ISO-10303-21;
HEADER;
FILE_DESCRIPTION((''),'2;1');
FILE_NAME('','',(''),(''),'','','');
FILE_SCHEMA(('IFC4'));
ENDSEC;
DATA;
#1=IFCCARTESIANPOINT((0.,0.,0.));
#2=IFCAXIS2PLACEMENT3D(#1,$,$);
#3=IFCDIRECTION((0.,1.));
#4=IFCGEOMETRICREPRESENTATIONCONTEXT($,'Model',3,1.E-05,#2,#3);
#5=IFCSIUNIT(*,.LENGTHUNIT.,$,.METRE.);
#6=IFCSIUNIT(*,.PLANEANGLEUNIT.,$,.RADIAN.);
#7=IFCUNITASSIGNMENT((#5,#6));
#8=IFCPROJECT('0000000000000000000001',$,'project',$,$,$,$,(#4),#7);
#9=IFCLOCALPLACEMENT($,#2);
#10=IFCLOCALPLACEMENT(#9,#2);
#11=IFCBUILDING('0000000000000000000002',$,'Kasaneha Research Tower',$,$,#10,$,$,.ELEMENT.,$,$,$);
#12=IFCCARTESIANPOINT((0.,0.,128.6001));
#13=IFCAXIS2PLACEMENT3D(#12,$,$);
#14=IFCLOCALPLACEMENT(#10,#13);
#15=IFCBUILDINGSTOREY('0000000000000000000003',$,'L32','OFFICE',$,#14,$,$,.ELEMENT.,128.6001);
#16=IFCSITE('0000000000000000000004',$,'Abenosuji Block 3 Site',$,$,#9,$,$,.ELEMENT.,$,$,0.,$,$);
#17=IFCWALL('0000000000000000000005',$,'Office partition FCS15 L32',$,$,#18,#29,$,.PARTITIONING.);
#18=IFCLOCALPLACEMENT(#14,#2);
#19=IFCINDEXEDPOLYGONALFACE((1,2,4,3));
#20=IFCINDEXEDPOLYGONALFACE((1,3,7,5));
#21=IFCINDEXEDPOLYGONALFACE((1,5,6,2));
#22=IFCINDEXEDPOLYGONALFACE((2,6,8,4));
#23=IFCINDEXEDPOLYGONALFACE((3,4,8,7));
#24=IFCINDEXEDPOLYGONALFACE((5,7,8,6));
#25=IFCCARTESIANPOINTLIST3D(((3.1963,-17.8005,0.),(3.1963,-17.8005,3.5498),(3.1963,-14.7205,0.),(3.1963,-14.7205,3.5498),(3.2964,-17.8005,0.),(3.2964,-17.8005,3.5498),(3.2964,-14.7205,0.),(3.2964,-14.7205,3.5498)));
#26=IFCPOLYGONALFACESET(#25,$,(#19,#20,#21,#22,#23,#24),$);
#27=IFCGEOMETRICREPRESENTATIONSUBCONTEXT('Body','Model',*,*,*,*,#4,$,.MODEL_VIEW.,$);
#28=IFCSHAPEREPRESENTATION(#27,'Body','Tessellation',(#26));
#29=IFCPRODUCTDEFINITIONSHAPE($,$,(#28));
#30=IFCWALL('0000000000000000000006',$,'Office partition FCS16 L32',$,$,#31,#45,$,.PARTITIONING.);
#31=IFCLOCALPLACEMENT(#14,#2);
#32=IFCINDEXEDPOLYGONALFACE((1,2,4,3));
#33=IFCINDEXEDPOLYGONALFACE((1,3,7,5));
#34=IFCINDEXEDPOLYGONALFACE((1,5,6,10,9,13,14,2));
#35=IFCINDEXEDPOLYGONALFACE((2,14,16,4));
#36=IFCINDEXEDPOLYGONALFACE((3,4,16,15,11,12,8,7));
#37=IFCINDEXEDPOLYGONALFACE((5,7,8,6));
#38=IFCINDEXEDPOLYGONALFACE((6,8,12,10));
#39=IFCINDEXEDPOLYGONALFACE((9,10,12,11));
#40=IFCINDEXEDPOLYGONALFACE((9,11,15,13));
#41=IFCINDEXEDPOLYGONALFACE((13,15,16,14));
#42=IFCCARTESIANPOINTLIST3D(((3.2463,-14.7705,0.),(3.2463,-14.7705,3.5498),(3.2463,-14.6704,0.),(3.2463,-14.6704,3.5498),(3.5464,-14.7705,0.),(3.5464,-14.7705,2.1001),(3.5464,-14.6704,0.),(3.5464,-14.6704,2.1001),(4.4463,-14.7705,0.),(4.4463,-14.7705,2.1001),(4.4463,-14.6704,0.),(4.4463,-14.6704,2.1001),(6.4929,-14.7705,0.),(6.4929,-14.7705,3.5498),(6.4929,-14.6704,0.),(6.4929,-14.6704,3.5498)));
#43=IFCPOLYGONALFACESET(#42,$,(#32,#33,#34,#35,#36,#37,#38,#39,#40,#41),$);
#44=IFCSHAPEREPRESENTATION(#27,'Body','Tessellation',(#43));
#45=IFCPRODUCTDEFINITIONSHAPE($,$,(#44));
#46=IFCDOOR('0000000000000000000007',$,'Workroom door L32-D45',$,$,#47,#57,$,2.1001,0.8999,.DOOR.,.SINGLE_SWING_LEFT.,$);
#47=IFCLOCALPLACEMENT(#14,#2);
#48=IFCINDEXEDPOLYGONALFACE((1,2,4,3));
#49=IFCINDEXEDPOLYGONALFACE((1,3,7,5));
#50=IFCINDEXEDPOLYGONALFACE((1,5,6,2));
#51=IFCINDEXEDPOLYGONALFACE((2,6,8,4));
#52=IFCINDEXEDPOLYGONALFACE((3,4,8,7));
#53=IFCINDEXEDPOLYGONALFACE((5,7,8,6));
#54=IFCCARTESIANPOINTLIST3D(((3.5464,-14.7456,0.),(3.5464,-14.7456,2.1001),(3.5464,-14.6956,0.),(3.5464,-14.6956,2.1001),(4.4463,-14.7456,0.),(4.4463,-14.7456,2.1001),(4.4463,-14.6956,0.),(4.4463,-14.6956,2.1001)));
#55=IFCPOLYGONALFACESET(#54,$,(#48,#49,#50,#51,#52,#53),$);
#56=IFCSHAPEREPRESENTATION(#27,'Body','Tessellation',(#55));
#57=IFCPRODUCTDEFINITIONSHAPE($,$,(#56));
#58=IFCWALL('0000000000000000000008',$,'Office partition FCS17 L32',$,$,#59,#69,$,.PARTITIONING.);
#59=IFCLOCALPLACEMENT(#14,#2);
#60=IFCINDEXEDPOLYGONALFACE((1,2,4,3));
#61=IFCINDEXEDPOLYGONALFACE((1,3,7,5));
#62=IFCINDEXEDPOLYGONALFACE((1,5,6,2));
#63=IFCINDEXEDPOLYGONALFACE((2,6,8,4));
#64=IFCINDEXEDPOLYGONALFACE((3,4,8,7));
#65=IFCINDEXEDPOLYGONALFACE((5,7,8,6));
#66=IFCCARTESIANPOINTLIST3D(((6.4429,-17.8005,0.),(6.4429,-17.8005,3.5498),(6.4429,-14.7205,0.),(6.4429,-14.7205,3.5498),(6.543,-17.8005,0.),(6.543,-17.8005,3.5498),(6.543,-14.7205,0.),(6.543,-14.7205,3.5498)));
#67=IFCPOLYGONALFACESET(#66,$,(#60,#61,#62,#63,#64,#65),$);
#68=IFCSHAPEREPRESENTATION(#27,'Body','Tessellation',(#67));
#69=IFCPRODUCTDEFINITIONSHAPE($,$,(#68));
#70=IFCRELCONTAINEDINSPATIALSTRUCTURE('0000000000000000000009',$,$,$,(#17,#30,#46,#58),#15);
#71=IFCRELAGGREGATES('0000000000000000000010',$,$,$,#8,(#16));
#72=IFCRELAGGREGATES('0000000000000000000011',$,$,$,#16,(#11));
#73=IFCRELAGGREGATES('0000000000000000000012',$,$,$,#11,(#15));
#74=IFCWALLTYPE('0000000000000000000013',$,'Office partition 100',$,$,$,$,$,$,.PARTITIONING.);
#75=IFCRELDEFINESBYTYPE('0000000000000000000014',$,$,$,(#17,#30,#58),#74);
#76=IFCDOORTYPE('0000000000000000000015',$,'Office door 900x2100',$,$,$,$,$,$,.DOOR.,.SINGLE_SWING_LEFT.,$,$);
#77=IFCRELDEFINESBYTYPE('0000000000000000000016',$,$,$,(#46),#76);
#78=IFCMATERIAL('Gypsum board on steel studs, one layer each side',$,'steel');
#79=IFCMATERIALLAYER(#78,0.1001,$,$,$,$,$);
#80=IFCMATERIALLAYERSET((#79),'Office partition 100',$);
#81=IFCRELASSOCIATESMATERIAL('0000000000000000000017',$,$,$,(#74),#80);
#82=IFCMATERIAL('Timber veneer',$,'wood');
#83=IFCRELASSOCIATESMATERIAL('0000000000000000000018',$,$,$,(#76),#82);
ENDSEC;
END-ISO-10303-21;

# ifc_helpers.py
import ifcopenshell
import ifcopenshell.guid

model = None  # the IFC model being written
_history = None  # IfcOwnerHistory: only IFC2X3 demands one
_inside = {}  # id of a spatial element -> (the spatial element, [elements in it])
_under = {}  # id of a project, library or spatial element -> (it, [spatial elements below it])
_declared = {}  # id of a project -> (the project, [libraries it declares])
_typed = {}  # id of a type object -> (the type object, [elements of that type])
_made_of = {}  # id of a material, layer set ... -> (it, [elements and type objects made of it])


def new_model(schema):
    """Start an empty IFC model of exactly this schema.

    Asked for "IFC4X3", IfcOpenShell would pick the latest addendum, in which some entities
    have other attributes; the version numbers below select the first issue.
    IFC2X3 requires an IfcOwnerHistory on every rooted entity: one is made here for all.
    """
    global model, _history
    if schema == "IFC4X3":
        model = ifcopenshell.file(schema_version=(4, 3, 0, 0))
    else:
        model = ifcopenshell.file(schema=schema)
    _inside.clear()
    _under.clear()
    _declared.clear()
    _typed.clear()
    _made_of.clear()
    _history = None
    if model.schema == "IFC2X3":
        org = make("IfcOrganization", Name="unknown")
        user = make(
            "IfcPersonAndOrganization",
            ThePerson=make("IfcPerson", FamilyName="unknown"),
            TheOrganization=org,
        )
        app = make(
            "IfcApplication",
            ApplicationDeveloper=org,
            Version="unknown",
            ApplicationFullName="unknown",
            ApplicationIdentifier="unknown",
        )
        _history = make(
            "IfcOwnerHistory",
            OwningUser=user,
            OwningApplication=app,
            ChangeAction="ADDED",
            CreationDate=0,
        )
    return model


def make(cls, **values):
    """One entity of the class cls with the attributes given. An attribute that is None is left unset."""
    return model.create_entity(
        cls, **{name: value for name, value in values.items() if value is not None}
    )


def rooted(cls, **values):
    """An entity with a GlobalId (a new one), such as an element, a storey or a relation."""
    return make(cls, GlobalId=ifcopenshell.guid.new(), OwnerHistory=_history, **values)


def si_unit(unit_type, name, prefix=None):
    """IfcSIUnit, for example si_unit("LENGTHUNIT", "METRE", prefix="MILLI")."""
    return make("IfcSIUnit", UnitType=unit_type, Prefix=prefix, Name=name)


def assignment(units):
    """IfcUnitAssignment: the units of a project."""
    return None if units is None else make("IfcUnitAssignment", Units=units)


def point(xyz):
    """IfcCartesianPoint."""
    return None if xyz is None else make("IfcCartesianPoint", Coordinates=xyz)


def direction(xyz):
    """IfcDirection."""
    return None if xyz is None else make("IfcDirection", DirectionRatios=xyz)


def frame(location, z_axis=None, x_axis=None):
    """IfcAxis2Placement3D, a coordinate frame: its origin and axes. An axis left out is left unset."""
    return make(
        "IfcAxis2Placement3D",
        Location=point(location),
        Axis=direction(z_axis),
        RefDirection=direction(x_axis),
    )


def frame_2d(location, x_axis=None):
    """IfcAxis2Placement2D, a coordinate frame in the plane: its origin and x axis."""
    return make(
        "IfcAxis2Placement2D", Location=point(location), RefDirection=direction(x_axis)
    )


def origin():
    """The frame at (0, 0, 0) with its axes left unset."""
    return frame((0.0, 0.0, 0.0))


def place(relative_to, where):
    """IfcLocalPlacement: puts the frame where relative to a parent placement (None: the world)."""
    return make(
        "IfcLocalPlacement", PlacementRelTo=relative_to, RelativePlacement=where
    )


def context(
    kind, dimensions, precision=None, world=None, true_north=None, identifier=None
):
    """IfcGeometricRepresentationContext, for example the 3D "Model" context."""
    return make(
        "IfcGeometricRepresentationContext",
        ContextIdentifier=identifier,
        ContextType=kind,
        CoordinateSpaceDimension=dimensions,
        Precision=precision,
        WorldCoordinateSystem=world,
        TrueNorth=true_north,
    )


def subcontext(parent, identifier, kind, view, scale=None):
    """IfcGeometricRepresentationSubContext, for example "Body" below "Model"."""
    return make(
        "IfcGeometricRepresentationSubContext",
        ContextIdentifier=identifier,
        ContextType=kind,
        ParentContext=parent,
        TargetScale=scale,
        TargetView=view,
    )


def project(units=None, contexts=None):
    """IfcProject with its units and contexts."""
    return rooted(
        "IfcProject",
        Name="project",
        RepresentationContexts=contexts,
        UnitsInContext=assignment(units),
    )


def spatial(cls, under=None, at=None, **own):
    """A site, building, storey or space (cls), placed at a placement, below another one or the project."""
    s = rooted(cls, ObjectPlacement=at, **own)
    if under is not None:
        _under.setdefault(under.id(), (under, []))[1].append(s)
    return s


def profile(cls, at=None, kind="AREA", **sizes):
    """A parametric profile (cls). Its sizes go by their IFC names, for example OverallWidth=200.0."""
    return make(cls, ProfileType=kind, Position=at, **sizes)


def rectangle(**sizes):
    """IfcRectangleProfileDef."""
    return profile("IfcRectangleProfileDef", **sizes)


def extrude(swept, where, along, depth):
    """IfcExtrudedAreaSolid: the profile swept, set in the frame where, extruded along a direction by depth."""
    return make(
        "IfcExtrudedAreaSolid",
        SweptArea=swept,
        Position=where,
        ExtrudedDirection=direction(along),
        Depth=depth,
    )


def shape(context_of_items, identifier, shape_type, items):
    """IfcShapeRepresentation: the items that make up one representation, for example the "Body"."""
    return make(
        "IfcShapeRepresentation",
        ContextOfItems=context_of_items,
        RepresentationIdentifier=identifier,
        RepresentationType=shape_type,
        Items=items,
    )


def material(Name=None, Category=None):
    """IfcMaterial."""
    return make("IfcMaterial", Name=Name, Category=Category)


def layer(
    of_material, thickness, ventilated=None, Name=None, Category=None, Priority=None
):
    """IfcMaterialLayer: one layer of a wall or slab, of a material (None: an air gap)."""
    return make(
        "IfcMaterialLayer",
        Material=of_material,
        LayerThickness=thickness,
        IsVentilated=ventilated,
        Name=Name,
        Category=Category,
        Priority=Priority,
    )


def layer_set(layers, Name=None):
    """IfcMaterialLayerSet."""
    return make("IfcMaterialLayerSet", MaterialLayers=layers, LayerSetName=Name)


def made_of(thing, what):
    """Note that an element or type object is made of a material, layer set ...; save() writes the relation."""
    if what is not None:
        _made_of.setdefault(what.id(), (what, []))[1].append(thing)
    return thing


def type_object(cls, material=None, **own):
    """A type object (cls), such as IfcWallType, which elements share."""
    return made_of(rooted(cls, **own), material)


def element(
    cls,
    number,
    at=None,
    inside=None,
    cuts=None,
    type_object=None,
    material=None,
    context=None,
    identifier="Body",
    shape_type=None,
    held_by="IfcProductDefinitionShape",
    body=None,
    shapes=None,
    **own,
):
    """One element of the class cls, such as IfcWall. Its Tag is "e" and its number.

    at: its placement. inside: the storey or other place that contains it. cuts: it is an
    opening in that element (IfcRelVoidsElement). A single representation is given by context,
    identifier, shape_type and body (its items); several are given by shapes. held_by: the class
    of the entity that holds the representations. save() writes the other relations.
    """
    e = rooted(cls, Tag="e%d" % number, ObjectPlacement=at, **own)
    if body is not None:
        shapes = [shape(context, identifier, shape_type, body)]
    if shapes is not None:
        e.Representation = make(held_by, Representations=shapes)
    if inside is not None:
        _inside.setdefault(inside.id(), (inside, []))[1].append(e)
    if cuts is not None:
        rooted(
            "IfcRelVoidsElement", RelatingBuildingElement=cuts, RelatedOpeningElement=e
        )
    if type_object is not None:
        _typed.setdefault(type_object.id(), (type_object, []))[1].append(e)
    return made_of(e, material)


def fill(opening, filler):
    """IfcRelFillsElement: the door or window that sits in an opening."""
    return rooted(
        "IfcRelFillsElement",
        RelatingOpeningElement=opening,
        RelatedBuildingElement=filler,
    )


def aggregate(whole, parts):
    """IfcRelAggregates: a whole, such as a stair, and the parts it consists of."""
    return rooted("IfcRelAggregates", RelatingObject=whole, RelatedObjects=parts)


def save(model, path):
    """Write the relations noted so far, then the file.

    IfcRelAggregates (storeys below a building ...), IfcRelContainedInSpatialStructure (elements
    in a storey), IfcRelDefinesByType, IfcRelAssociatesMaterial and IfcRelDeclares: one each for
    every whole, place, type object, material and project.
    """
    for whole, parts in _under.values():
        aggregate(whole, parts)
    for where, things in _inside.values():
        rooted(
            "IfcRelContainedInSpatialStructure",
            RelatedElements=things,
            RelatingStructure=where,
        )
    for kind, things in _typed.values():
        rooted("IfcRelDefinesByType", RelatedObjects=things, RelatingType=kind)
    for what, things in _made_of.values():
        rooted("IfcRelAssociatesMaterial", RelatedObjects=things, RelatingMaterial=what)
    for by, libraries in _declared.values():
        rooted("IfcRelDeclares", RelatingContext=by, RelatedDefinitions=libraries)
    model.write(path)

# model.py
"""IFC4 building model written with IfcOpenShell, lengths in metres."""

from ifc_helpers import new_model, si_unit, direction, frame, frame_2d, origin, place, context, subcontext, project, spatial, rectangle, extrude, material, layer, layer_set, type_object, element, fill, save


model = new_model("IFC4")

# Units and contexts
model_context = context("Model", 3, precision=1e-05, world=origin(), true_north=direction((0.0, 1.0)))
body_context = subcontext(model_context, "Body", "Model", "MODEL_VIEW")
ifc_project = project(units=[si_unit("LENGTHUNIT", "METRE"), si_unit("PLANEANGLEUNIT", "RADIAN")], contexts=[model_context])

# Site, building, storey
site_placement = place(None, origin())
site = spatial("IfcSite", under=ifc_project, at=site_placement, Name="Abenosuji Block 3 Site", CompositionType="ELEMENT", RefElevation=0.0)
building_placement = place(site_placement, origin())
building = spatial("IfcBuilding", under=site, at=building_placement, Name="Kasaneha Research Tower", CompositionType="ELEMENT")
storey_placement = place(building_placement, frame((0.0, 0.0, 128.6001)))
storey = spatial("IfcBuildingStorey", under=building, at=storey_placement, Name="L32", Description="OFFICE", CompositionType="ELEMENT", Elevation=128.6001)

# Shared definitions
ifc_material_1 = material(Name="Gypsum board on steel studs, one layer each side", Category="steel")
ifc_layer_1 = layer(ifc_material_1, 0.1001)
ifc_layer_set_1 = layer_set([ifc_layer_1], Name="Office partition 100")
wall_type = type_object("IfcWallType", Name="Office partition 100", PredefinedType="PARTITIONING", material=ifc_layer_set_1)

# Shared definitions
ifc_material_2 = material(Name="Timber veneer", Category="wood")
door_type = type_object("IfcDoorType", Name="Office door 900x2100", OperationType="SINGLE_SWING_LEFT", PredefinedType="DOOR", material=ifc_material_2)

# Wall
wall_1_placement = place(storey_placement, frame((3.2463, -17.8005, 0.0), z_axis=(0.0, 0.0, 1.0), x_axis=(0.0, 1.0, 0.0)))
element("IfcWall", 1, at=wall_1_placement, inside=storey, type_object=wall_type, Name="Office partition FCS15 L32", PredefinedType="PARTITIONING", context=body_context, shape_type="SweptSolid", body=[
    extrude(rectangle(XDim=3.0801, YDim=0.1001, at=frame_2d((1.54, 0.0))), origin(), (0.0, 0.0, 1.0), 3.5498),
])

# Wall, opening, door
wall_2_placement = place(storey_placement, frame((3.2463, -14.7205, 0.0), z_axis=(0.0, 0.0, 1.0), x_axis=(1.0, 0.0, 0.0)))
wall_2 = element("IfcWall", 2, at=wall_2_placement, inside=storey, type_object=wall_type, Name="Office partition FCS16 L32", PredefinedType="PARTITIONING", context=body_context, shape_type="SweptSolid", body=[
    extrude(rectangle(XDim=3.2466, YDim=0.1001, at=frame_2d((1.6233, 0.0))), origin(), (0.0, 0.0, 1.0), 3.5498),
])
opening_1_placement = place(wall_2_placement, frame((0.3, 0.0, 0.0)))
opening_1 = element("IfcOpeningElement", 3, at=opening_1_placement, cuts=wall_2, PredefinedType="OPENING", context=body_context, shape_type="SweptSolid", body=[
    extrude(rectangle(XDim=0.8999, YDim=2.1001, at=frame_2d((0.45, 1.05))), frame((0.0, 0.0601, 0.0), z_axis=(0.0, -1.0, 0.0), x_axis=(1.0, 0.0, 0.0)), (0.0, 0.0, 1.0), 0.1201),
])
door_1_placement = place(opening_1_placement, origin())
door_1 = element("IfcDoor", 4, at=door_1_placement, inside=storey, type_object=door_type, Name="Workroom door L32-D45", OperationType="SINGLE_SWING_LEFT", OverallHeight=2.1001, OverallWidth=0.8999, PredefinedType="DOOR", context=body_context, shape_type="SweptSolid", body=[
    extrude(rectangle(XDim=0.8999, YDim=2.1001, at=frame_2d((0.45, 1.05))), frame((0.0, 0.0249, 0.0), z_axis=(0.0, -1.0, 0.0), x_axis=(1.0, 0.0, 0.0)), (0.0, 0.0, 1.0), 0.05),
])
fill(opening_1, door_1)

# Wall
wall_3_placement = place(storey_placement, frame((6.4929, -14.7205, 0.0), z_axis=(0.0, 0.0, 1.0), x_axis=(0.0, -1.0, 0.0)))
element("IfcWall", 5, at=wall_3_placement, inside=storey, type_object=wall_type, Name="Office partition FCS17 L32", PredefinedType="PARTITIONING", context=body_context, shape_type="SweptSolid", body=[
    extrude(rectangle(XDim=3.0801, YDim=0.1001, at=frame_2d((1.54, 0.0))), origin(), (0.0, 0.0, 1.0), 3.5498),
])

save(model, "model.ifc")
